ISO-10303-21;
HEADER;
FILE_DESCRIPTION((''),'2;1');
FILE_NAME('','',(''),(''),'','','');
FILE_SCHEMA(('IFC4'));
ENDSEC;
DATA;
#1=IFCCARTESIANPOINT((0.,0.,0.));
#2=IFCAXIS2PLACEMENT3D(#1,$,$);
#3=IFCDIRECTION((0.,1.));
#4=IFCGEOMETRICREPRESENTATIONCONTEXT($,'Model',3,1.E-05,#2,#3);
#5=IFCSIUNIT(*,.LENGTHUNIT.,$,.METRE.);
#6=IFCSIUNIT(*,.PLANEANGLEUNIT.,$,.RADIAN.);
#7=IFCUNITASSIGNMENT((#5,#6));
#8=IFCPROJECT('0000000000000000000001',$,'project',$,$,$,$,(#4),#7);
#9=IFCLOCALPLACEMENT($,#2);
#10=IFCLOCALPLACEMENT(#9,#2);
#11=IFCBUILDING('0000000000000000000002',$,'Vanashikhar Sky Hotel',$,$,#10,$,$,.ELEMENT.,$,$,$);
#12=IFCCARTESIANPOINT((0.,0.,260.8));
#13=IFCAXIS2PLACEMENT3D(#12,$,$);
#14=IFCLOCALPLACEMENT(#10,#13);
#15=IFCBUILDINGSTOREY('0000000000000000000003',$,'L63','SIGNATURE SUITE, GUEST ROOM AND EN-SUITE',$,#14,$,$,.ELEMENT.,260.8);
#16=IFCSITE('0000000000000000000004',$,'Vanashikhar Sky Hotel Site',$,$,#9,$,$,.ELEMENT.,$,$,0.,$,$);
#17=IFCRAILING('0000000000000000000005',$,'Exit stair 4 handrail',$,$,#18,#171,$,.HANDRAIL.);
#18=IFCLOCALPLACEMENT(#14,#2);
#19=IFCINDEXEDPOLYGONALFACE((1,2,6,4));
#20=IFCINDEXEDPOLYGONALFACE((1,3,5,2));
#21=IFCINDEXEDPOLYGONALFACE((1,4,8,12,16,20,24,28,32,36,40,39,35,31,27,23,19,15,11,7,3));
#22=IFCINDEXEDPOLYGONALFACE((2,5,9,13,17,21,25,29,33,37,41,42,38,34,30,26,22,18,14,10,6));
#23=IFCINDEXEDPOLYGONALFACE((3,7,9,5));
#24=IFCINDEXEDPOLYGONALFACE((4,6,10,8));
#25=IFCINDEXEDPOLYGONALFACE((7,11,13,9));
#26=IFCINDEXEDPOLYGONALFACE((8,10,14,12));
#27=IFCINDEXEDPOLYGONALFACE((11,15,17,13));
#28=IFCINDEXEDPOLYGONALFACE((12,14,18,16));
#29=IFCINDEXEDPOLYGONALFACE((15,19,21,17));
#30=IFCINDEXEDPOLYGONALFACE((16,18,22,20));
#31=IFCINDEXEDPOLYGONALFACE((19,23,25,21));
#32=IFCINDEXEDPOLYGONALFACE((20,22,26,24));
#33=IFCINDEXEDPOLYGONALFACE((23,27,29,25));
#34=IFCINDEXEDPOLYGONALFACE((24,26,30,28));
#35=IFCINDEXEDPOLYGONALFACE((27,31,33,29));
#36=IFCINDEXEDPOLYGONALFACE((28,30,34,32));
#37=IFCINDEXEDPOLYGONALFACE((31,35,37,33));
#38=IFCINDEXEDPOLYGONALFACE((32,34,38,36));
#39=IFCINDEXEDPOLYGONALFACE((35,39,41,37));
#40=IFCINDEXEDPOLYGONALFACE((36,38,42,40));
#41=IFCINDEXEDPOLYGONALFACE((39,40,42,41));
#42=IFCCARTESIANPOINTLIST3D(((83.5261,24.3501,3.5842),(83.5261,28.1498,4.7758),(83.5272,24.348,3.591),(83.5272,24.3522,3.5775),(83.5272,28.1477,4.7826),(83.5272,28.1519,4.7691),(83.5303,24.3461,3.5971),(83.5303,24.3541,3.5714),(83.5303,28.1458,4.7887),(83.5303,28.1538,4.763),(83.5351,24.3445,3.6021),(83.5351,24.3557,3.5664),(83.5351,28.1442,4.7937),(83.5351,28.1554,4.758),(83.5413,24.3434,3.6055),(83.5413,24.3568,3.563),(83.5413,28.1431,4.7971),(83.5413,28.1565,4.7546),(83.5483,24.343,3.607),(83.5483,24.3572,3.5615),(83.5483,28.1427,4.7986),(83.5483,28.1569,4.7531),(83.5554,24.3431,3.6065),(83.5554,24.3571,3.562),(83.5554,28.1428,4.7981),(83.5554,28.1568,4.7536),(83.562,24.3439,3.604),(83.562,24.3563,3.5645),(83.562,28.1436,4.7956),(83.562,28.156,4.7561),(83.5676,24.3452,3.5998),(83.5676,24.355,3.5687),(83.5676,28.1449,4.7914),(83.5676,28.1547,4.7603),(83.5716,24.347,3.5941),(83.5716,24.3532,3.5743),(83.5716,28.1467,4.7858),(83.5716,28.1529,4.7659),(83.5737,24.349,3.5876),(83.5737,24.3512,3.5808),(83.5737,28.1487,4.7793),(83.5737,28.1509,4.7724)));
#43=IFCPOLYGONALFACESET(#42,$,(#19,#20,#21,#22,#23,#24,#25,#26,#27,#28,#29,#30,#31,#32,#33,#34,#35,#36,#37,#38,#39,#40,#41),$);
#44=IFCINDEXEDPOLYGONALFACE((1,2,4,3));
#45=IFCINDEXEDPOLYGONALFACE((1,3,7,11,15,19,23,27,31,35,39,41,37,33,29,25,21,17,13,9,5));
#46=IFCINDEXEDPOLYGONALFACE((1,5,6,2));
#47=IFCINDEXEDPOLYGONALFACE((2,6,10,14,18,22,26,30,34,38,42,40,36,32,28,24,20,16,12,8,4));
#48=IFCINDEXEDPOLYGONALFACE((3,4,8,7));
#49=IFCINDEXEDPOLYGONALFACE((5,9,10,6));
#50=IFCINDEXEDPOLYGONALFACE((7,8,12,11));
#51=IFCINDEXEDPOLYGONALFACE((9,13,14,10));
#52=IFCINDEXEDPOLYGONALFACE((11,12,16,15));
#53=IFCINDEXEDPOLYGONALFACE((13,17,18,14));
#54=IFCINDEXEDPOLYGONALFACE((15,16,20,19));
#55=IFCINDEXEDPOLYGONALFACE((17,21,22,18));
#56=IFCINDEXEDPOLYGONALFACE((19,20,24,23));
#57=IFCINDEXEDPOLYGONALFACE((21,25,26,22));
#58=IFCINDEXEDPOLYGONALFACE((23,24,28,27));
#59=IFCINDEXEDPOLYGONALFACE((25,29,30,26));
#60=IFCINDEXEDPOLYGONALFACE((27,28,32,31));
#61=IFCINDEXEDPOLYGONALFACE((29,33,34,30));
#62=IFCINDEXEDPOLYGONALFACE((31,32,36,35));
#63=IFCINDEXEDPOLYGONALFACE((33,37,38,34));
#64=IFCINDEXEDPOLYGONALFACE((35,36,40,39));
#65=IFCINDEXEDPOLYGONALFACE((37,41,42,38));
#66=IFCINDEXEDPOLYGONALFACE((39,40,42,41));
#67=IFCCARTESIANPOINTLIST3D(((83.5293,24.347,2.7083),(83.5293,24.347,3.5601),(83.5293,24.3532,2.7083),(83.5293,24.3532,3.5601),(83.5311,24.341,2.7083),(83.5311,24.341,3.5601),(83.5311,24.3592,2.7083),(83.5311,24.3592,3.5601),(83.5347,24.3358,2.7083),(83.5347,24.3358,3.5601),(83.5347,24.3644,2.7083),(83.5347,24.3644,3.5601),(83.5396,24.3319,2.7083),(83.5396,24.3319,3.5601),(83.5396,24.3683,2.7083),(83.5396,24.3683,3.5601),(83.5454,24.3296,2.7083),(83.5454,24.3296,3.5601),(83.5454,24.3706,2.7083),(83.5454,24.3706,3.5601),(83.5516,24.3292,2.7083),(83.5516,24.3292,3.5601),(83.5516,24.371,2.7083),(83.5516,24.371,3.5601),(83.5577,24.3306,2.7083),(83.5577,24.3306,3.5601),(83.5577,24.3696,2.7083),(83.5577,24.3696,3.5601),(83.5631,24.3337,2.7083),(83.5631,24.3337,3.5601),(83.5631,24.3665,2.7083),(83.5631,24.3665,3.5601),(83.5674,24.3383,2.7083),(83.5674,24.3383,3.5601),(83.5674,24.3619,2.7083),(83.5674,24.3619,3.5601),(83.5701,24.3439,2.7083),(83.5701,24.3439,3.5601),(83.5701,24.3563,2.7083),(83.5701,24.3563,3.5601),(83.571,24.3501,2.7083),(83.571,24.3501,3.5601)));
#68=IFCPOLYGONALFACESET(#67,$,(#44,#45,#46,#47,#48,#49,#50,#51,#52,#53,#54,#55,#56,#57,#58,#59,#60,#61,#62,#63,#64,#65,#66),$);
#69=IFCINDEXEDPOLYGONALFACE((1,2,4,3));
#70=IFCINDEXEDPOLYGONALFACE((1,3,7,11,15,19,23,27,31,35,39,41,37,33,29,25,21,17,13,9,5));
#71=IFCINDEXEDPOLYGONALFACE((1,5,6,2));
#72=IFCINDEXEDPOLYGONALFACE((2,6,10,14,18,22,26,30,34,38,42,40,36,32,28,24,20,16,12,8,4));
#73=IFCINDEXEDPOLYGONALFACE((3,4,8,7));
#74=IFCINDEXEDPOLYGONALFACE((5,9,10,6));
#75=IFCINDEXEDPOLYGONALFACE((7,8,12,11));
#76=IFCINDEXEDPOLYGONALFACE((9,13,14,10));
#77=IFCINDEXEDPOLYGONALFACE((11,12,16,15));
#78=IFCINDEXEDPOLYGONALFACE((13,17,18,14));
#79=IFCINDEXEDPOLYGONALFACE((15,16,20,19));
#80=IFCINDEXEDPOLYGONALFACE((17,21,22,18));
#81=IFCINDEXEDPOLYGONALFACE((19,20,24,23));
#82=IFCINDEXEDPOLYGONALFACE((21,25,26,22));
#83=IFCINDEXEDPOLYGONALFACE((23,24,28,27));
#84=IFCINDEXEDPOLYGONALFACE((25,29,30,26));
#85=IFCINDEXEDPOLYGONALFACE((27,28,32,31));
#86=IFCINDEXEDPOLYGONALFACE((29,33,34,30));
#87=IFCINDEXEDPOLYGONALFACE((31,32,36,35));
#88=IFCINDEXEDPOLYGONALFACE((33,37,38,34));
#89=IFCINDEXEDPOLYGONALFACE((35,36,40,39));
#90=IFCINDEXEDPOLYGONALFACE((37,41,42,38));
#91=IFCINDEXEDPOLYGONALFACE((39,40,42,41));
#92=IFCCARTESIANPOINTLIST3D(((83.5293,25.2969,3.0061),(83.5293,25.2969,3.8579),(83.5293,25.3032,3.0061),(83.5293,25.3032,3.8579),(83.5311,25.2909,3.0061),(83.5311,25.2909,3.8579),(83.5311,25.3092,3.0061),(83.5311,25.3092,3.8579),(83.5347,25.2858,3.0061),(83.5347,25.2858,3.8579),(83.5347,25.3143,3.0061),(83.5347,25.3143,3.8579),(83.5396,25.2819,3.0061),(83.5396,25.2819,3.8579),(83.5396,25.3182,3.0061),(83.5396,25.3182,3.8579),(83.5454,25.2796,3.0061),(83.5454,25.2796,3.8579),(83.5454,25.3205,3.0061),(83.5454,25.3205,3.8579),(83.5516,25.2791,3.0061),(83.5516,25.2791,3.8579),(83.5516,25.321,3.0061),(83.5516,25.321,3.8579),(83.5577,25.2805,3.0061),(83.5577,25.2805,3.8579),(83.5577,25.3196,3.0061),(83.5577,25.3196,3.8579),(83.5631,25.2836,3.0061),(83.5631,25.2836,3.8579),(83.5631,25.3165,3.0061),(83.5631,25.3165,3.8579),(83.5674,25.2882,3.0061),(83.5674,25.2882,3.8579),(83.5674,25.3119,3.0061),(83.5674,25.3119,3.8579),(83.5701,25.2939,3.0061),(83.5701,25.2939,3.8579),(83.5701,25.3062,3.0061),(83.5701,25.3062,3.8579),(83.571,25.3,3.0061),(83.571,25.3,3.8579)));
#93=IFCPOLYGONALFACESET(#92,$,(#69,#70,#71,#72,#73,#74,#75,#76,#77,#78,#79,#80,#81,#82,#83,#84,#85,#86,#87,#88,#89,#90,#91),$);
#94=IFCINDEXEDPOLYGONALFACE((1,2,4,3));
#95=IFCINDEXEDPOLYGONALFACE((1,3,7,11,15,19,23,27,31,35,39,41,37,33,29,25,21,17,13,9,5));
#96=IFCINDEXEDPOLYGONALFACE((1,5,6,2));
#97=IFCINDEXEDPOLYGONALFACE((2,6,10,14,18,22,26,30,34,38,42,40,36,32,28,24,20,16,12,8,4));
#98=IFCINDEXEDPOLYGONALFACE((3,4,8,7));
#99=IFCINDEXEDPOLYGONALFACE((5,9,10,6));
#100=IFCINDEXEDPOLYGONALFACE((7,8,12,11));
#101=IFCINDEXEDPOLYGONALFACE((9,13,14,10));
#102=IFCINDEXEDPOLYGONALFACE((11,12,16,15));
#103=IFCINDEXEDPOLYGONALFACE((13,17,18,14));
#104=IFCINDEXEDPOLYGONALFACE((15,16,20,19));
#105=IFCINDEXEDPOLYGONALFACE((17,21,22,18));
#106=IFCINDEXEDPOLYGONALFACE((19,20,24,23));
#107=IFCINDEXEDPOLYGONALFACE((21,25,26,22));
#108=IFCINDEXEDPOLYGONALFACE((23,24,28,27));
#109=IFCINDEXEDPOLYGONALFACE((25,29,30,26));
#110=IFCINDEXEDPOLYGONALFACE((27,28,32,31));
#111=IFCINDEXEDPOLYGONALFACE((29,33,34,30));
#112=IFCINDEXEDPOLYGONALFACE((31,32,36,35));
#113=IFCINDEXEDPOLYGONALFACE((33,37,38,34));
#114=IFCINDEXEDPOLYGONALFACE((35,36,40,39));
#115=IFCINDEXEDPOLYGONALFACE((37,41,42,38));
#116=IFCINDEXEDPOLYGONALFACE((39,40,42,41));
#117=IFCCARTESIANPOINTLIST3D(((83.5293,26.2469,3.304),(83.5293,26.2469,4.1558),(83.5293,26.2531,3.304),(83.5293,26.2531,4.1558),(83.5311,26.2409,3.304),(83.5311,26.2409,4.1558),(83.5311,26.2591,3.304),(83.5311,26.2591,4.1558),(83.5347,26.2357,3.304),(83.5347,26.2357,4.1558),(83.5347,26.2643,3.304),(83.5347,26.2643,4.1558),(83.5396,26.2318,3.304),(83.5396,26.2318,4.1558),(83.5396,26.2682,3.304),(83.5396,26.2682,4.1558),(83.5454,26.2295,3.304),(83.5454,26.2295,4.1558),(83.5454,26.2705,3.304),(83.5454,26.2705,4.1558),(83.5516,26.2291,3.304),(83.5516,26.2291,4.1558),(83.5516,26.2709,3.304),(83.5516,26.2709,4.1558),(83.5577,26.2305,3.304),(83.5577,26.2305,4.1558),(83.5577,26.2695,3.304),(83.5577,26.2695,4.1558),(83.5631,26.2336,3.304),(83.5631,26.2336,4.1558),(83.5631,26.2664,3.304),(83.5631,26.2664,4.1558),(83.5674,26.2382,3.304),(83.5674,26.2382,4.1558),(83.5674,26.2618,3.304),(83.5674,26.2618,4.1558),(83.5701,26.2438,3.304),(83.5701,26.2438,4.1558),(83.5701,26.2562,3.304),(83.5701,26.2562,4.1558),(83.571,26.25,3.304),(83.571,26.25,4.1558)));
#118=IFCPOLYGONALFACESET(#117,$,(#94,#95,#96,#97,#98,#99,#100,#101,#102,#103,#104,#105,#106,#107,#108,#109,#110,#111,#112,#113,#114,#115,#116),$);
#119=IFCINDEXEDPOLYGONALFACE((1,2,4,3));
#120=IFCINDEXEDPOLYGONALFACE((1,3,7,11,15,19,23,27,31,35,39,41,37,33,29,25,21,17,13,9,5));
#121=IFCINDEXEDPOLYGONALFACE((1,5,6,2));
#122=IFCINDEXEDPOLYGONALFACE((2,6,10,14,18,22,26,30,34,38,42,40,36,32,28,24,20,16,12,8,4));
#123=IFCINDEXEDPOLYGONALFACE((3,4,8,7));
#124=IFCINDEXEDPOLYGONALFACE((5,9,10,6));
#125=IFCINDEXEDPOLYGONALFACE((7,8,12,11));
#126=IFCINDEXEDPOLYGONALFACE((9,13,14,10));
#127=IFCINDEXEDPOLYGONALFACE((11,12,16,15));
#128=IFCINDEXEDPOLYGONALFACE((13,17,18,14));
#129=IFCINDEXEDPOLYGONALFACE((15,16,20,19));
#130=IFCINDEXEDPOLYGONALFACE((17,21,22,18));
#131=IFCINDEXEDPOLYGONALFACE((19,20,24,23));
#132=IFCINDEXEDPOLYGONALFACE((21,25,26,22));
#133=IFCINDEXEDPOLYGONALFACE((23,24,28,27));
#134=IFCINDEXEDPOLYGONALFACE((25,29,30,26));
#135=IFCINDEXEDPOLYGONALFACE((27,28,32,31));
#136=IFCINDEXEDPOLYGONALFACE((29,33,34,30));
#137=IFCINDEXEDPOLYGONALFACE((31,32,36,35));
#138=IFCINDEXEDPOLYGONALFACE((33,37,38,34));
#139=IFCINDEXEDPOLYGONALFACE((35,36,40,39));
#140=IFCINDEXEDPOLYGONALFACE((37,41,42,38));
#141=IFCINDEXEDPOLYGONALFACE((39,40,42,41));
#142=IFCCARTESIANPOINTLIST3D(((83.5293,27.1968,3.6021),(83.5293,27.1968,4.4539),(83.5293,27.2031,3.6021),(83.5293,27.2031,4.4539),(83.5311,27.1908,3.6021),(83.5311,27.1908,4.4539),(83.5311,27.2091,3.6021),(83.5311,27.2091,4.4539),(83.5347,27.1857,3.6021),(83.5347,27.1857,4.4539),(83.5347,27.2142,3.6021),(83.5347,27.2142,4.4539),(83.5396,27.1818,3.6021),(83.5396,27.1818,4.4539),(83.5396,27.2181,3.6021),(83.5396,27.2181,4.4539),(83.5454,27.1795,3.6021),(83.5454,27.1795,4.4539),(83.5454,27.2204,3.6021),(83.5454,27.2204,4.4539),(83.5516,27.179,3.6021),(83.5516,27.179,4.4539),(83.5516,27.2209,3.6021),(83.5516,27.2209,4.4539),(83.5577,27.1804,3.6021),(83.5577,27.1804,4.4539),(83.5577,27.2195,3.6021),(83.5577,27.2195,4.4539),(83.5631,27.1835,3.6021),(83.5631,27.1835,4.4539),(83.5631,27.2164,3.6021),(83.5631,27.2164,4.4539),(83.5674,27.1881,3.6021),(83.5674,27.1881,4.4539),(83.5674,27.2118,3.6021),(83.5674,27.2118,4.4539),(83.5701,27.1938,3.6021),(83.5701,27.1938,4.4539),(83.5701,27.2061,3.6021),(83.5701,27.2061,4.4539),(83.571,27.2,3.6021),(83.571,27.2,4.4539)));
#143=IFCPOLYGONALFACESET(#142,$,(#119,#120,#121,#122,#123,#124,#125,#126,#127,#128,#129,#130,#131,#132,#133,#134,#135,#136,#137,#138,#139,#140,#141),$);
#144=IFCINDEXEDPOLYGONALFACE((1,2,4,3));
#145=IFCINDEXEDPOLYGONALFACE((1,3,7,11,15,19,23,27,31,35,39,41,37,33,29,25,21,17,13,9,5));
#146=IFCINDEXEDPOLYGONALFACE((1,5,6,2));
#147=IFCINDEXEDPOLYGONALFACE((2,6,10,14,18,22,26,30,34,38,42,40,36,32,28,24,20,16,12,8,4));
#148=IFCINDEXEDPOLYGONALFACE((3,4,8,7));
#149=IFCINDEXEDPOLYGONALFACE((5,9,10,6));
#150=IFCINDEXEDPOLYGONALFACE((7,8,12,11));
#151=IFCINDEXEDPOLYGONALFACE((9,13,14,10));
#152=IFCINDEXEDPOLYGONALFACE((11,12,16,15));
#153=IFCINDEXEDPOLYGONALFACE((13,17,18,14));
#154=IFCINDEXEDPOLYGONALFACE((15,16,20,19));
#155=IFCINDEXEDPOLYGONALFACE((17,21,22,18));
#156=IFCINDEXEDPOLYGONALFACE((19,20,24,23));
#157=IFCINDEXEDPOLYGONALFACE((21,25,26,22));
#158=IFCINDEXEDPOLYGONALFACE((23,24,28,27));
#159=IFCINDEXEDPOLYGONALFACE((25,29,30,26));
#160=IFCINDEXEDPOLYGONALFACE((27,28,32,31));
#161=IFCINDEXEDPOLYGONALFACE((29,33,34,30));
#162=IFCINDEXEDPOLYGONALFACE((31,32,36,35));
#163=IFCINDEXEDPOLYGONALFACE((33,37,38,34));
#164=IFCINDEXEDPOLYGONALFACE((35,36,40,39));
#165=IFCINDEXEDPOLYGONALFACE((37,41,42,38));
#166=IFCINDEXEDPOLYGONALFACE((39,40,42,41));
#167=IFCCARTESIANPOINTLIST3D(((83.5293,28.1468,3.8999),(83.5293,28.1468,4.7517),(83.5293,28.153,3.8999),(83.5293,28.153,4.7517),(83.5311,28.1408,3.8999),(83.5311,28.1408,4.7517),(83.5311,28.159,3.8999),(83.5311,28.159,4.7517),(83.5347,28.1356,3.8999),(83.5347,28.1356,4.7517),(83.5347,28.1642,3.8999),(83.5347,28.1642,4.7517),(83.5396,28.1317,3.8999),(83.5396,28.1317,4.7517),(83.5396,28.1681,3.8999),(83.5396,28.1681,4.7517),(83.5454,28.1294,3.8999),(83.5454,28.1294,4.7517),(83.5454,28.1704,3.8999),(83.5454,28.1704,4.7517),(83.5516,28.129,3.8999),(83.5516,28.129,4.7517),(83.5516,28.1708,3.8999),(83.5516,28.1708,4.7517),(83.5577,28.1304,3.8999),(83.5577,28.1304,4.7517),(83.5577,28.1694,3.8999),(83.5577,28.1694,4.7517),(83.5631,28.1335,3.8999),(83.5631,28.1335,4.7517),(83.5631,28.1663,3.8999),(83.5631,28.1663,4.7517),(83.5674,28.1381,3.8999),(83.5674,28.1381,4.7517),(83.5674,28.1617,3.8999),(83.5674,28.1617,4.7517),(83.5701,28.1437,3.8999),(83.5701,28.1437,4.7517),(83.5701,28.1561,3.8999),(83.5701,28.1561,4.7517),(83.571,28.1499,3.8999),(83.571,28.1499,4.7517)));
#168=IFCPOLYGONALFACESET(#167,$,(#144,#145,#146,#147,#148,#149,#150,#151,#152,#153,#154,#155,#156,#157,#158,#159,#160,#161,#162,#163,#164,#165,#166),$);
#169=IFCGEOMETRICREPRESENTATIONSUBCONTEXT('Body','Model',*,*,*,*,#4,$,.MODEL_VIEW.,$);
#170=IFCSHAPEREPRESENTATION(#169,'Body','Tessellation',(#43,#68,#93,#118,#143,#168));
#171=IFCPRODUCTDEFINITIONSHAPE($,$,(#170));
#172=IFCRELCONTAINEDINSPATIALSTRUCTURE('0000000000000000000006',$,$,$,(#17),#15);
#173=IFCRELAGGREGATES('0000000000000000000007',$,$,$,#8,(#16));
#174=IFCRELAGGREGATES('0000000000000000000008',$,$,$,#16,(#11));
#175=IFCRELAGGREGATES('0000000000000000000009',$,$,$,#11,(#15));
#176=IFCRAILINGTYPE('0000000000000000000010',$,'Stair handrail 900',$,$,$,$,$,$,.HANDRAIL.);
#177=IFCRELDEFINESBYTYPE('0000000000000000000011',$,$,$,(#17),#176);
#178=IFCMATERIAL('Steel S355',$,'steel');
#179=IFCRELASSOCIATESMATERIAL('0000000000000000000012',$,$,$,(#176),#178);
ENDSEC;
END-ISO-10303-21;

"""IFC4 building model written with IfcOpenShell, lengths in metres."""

from ifc_helpers import new_model, si_unit, direction, frame, origin, origin_2d, place, context, subcontext, project, spatial, circle, extrude, source, transform, mapped, material, type_object, element, save


model = new_model("IFC4")

# Units and contexts
model_context = context("Model", 3, precision=1e-05, world=origin(), true_north=direction((0.0, 1.0)))
body_context = subcontext(model_context, "Body", "Model", "MODEL_VIEW")
ifc_project = project(units=[si_unit("LENGTHUNIT", "METRE"), si_unit("PLANEANGLEUNIT", "RADIAN")], contexts=[model_context])

# Site, building, storey
site_placement = place(None, origin())
site = spatial("IfcSite", under=ifc_project, at=site_placement, Name="Vanashikhar Sky Hotel Site", CompositionType="ELEMENT", RefElevation=0.0)
building_placement = place(site_placement, origin())
building = spatial("IfcBuilding", under=site, at=building_placement, Name="Vanashikhar Sky Hotel", CompositionType="ELEMENT")
storey_placement = place(building_placement, frame((0.0, 0.0, 260.8)))
storey = spatial("IfcBuildingStorey", under=building, at=storey_placement, Name="L63", Description="SIGNATURE SUITE, GUEST ROOM AND EN-SUITE", CompositionType="ELEMENT", Elevation=260.8)

# Railing
ifc_material_1 = material(Name="Steel S355", Category="steel")
railing_type_1 = type_object("IfcRailingType", Name="Stair handrail 900", PredefinedType="HANDRAIL", material=ifc_material_1)
shared_shape_1 = source(origin(), body_context, "Body", "SweptSolid", [
    extrude(circle(Radius=0.0239, at=origin_2d()), frame((0.0, 0.0, 0.876), z_axis=(0.0, 0.954178, 0.299238), x_axis=(-1.0, 0.0, 0.0)), (0.0, 0.0, 1.0), 3.9822),
    extrude(circle(Radius=0.021, at=origin_2d()), origin(), (0.0, 0.0, 1.0), 0.8518),
    extrude(circle(Radius=0.021, at=origin_2d()), frame((0.0, 0.95, 0.2979)), (0.0, 0.0, 1.0), 0.8518),
    extrude(circle(Radius=0.021, at=origin_2d()), frame((0.0, 1.8999, 0.5957)), (0.0, 0.0, 1.0), 0.8518),
    extrude(circle(Radius=0.021, at=origin_2d()), frame((0.0, 2.8499, 0.8938)), (0.0, 0.0, 1.0), 0.8518),
    extrude(circle(Radius=0.021, at=origin_2d()), frame((0.0, 3.7998, 1.1917)), (0.0, 0.0, 1.0), 0.8518),
])
for number, where, name in (
    (1, (83.55, 24.3501, 2.7083), "Exit stair 4 handrail"),
):
    element("IfcRailing", number, at=place(storey_placement, frame(where)), inside=storey, type_object=railing_type_1, Name=name, PredefinedType="HANDRAIL", context=body_context, shape_type="MappedRepresentation", body=[
        mapped(shared_shape_1, transform((0.0, 0.0, 0.0), scale=1.0)),
    ])

save(model, "model.ifc")
